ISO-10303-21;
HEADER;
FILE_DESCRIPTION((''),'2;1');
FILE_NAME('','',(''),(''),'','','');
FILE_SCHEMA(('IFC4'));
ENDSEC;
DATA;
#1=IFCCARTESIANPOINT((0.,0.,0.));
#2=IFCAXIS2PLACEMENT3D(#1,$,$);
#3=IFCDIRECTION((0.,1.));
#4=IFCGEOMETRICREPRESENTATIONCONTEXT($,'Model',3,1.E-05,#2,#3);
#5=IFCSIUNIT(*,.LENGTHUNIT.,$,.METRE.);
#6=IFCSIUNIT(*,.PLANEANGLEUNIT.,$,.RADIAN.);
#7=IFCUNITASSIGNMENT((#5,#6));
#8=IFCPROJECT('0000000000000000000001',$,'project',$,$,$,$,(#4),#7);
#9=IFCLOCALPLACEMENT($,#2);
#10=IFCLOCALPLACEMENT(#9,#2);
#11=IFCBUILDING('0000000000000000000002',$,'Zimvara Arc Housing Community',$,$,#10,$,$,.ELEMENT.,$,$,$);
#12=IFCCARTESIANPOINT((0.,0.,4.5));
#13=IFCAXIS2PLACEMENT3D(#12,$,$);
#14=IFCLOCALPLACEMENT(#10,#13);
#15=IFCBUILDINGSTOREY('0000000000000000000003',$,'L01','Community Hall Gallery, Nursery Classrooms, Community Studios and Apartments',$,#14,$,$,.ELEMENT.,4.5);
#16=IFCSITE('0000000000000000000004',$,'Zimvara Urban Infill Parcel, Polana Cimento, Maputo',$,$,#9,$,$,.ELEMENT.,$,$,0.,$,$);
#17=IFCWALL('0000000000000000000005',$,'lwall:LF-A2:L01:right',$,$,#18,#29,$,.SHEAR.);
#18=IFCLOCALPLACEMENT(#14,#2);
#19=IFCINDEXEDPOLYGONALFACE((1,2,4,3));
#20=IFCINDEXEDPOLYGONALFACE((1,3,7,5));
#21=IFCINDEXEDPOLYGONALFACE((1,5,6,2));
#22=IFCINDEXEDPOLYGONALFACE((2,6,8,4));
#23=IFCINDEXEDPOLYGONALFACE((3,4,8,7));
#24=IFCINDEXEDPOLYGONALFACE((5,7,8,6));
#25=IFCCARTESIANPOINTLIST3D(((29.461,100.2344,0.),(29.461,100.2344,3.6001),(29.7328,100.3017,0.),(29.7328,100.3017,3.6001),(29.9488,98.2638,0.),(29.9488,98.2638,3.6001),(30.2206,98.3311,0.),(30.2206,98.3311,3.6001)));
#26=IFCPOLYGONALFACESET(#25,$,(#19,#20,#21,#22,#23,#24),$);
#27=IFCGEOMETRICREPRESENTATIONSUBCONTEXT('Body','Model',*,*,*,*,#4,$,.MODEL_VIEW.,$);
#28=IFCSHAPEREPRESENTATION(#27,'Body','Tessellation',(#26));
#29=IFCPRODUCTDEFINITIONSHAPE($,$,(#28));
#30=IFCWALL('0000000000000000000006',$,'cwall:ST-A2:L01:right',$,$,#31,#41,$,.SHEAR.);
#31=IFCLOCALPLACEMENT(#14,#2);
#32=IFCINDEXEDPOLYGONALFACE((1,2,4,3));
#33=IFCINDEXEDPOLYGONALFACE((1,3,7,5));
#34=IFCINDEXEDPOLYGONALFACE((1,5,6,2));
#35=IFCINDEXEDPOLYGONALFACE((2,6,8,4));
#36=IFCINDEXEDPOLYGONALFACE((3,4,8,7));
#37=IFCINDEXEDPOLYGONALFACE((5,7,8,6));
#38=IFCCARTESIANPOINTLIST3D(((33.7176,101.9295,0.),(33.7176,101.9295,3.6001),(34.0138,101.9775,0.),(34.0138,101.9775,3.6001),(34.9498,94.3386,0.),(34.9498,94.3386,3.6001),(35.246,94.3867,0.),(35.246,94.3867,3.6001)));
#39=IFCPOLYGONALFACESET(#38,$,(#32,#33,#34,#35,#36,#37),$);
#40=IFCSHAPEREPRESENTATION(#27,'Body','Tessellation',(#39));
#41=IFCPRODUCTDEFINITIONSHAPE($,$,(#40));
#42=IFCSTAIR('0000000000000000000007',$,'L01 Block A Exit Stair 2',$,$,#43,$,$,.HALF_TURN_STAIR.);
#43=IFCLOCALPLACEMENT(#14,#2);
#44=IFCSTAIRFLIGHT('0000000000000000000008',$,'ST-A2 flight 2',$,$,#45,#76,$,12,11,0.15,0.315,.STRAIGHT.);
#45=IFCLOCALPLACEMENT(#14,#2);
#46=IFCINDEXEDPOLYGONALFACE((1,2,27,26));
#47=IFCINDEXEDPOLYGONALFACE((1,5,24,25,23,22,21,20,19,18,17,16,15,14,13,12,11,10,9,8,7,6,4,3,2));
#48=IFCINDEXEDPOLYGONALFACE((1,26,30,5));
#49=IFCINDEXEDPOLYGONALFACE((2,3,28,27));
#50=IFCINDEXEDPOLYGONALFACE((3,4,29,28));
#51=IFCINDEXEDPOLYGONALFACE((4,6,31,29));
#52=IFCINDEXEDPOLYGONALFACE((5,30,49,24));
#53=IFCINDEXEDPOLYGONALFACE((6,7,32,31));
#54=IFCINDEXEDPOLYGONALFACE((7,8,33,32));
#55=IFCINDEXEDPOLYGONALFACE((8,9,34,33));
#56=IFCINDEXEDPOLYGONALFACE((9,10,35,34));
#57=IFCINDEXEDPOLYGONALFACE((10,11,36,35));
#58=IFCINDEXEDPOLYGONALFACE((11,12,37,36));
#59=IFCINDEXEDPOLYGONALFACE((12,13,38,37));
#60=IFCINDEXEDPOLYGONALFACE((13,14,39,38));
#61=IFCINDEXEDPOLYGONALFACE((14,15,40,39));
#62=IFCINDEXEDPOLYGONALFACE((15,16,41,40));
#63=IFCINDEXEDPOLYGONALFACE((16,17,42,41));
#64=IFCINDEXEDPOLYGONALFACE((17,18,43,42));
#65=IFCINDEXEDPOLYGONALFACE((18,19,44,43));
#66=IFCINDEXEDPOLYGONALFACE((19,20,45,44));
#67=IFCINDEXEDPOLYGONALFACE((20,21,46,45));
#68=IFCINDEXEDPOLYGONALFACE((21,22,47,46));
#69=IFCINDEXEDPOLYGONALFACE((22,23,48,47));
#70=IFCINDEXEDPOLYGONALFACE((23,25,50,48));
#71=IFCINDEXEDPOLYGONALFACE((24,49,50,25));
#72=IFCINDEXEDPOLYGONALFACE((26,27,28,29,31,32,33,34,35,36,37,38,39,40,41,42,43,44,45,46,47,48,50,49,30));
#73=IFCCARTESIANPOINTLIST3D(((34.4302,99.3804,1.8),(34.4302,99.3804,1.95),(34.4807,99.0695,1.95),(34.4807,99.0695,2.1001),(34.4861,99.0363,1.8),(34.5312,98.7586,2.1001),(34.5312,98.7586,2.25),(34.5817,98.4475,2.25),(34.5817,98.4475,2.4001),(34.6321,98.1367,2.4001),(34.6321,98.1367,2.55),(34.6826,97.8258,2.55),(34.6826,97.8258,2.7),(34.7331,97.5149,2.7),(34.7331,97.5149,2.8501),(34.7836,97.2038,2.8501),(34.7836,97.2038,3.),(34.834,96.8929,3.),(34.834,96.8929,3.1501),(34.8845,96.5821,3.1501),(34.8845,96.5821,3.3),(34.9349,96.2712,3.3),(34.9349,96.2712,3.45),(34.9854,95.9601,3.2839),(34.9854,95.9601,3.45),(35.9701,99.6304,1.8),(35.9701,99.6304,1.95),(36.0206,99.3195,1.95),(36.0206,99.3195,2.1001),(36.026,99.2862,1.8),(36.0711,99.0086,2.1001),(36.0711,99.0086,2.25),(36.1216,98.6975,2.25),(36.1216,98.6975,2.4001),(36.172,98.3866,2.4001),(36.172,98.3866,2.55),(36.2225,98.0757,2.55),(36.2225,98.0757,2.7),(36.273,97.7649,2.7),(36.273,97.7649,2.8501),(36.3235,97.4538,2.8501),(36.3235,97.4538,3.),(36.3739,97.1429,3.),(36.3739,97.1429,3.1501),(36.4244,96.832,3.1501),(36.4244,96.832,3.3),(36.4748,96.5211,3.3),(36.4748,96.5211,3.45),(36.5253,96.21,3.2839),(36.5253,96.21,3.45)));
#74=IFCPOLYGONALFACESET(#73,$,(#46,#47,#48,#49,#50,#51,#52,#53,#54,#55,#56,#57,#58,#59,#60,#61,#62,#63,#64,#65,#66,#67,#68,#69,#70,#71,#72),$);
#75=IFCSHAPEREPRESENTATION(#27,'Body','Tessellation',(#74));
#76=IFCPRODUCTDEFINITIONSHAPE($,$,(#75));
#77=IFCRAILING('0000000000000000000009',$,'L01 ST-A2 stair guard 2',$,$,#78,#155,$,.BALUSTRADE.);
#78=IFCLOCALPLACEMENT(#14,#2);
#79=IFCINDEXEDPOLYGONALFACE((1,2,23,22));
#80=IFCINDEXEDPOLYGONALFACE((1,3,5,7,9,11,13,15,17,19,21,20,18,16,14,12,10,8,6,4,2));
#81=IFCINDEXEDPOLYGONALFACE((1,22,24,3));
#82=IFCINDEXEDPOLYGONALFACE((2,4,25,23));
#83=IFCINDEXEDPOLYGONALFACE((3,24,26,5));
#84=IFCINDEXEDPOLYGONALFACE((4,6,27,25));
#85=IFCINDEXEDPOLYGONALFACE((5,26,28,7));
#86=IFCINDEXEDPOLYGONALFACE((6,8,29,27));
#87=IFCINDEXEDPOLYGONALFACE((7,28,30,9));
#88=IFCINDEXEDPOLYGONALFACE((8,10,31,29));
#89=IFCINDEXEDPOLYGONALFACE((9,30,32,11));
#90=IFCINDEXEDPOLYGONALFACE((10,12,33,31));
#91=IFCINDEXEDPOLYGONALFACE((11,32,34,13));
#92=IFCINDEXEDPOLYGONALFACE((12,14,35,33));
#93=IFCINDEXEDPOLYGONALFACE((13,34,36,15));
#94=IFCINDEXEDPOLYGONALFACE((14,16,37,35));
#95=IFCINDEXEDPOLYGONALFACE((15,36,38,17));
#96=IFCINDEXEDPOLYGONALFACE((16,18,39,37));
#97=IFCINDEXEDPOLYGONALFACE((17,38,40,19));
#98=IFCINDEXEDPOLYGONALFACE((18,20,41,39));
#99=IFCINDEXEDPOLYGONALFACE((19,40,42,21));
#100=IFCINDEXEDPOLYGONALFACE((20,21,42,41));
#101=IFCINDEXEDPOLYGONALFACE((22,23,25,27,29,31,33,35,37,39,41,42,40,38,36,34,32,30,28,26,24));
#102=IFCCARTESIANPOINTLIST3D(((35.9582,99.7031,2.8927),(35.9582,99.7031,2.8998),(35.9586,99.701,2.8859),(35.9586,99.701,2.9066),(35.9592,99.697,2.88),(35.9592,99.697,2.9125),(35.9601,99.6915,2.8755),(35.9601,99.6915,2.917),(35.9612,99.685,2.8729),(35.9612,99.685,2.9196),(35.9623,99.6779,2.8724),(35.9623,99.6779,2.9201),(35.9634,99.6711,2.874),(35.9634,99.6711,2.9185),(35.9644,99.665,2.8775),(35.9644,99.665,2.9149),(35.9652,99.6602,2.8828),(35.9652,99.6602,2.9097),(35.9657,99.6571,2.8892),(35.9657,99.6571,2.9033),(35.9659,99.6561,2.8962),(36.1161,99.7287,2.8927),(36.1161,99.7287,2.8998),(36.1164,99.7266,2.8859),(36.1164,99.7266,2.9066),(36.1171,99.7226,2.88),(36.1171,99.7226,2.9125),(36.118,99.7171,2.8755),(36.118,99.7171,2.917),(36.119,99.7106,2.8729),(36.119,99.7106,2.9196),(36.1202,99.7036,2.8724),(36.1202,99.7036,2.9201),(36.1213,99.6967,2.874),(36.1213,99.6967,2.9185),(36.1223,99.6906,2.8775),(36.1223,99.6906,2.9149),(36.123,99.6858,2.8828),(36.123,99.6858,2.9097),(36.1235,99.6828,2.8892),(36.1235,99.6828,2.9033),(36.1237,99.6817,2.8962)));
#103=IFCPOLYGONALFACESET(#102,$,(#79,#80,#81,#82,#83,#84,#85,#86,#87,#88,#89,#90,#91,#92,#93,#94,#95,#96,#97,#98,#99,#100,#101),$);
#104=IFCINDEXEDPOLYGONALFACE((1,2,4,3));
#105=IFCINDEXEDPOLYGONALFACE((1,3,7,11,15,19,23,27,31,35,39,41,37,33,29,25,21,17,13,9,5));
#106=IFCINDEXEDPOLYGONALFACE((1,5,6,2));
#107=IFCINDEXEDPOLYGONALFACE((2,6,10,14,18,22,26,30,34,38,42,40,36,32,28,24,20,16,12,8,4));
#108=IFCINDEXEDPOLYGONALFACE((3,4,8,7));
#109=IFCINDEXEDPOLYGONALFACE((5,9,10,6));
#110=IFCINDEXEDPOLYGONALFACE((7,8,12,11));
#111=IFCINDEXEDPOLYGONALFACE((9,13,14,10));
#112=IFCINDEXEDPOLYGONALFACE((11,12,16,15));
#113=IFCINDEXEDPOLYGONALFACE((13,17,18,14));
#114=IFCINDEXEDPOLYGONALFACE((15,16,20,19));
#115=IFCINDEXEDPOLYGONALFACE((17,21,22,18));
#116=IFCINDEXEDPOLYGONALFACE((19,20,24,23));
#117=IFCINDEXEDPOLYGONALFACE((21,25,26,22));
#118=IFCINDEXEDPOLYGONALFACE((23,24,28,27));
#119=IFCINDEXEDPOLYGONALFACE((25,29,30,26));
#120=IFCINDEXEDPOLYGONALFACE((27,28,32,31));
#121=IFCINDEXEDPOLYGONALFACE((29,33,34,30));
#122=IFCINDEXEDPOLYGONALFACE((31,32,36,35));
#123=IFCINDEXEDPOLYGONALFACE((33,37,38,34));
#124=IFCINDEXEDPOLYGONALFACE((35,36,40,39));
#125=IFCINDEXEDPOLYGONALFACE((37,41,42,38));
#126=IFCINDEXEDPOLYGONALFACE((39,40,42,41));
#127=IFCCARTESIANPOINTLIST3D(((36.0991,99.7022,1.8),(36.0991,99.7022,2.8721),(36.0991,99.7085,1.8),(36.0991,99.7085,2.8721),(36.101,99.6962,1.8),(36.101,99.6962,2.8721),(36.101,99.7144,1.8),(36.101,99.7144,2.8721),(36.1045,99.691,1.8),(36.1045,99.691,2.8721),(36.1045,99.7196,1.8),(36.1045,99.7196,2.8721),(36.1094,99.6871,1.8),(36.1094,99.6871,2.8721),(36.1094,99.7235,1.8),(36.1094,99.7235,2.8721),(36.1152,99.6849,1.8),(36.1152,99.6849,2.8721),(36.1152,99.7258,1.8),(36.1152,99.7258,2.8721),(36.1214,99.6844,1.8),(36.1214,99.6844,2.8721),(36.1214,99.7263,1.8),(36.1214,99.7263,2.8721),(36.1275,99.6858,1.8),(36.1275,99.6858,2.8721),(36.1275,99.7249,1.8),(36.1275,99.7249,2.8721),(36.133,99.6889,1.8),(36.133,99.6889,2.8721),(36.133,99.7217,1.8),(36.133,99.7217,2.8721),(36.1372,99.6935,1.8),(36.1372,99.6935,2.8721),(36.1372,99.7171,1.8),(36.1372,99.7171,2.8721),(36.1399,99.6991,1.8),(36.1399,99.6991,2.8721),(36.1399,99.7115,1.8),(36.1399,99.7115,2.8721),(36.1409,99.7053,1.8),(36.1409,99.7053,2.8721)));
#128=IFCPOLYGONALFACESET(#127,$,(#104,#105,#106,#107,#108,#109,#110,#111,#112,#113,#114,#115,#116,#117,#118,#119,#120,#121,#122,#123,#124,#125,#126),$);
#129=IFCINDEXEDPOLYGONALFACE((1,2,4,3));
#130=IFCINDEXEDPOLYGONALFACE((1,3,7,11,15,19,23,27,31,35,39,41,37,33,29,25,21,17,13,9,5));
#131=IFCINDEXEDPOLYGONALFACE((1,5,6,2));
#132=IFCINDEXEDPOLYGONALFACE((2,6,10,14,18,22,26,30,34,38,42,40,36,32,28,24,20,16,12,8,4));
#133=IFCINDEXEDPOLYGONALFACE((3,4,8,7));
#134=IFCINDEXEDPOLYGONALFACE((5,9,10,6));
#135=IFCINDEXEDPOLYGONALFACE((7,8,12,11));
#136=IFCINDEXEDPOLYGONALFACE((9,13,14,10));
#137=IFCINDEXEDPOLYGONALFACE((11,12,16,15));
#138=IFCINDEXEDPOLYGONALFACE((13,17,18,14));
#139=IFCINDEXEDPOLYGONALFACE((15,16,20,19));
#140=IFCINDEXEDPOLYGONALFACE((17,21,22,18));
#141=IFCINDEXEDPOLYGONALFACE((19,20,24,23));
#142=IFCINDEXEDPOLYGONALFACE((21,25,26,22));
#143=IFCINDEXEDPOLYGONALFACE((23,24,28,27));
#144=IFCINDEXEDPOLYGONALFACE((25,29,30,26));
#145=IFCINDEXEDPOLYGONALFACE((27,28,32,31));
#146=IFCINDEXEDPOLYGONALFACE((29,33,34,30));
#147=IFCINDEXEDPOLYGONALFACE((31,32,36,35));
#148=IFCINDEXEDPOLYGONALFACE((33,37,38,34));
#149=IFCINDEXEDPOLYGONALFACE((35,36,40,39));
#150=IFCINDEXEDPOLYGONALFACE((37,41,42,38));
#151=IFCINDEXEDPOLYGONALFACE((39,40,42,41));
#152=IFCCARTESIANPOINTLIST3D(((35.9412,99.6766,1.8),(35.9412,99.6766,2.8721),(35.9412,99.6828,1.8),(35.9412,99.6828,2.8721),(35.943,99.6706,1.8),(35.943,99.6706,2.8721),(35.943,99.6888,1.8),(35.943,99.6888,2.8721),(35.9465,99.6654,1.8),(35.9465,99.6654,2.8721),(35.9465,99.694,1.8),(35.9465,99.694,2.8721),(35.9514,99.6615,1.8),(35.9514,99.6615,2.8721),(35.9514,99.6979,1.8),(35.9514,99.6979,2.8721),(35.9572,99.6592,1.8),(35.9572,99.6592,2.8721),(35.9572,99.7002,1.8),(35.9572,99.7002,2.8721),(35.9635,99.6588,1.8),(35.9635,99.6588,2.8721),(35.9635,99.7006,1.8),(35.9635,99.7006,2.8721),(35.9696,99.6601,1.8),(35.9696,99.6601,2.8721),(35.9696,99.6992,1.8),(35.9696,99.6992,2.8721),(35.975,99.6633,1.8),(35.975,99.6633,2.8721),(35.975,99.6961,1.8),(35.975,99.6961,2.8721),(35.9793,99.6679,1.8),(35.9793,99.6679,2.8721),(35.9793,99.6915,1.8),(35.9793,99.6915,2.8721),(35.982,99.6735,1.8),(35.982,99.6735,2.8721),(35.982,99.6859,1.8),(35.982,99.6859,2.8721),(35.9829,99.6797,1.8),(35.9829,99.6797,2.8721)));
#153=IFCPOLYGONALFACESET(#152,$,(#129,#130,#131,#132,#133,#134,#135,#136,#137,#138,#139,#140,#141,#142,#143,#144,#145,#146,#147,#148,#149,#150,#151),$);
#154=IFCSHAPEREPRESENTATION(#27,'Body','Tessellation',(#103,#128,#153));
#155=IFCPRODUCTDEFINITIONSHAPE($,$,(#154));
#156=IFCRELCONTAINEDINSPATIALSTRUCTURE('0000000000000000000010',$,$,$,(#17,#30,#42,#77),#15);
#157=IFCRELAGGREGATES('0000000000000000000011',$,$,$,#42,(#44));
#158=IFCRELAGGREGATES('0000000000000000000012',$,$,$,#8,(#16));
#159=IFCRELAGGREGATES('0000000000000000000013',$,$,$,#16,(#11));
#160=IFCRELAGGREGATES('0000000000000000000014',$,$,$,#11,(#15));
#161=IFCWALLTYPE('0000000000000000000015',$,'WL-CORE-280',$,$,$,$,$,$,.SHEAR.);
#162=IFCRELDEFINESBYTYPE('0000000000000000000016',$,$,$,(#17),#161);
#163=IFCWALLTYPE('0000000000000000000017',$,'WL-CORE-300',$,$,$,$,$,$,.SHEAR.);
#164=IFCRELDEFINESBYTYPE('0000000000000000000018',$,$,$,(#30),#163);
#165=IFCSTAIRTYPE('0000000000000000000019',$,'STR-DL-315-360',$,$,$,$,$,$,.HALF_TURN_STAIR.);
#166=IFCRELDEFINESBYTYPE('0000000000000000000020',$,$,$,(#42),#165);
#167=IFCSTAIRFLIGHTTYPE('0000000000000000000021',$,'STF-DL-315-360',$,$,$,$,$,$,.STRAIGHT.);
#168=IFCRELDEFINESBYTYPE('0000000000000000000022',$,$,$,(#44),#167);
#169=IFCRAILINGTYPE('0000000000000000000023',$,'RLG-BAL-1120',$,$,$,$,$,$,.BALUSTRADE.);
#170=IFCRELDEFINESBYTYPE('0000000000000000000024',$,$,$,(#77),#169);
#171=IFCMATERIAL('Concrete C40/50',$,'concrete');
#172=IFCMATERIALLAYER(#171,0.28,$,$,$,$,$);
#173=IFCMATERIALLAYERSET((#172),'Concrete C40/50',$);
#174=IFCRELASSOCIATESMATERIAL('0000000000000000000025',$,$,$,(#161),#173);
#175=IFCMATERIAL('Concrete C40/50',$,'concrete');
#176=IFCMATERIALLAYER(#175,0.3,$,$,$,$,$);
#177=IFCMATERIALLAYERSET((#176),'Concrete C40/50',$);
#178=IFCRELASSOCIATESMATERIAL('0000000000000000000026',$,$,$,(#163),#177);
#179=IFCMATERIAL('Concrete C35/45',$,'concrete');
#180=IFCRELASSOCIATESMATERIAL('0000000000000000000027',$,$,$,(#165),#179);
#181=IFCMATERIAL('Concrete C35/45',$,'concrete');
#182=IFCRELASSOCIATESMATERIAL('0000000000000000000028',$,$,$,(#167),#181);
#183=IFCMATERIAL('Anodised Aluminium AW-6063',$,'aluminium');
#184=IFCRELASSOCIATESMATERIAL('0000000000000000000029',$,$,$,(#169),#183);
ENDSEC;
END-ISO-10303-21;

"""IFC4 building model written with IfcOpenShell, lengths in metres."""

from ifc_helpers import new_model, si_unit, direction, frame, frame_2d, origin, origin_2d, place, context, subcontext, project, spatial, polyline, rectangle, circle, outline, extrude, material, layer, layer_set, type_object, element, aggregate, save


model = new_model("IFC4")

# Units and contexts
model_context = context("Model", 3, precision=1e-05, world=origin(), true_north=direction((0.0, 1.0)))
body_context = subcontext(model_context, "Body", "Model", "MODEL_VIEW")
ifc_project = project(units=[si_unit("LENGTHUNIT", "METRE"), si_unit("PLANEANGLEUNIT", "RADIAN")], contexts=[model_context])

# Site, building, storey
site_placement = place(None, origin())
site = spatial("IfcSite", under=ifc_project, at=site_placement, Name="Zimvara Urban Infill Parcel, Polana Cimento, Maputo", CompositionType="ELEMENT", RefElevation=0.0)
building_placement = place(site_placement, origin())
building = spatial("IfcBuilding", under=site, at=building_placement, Name="Zimvara Arc Housing Community", CompositionType="ELEMENT")
storey_placement = place(building_placement, frame((0.0, 0.0, 4.5)))
storey = spatial("IfcBuildingStorey", under=building, at=storey_placement, Name="L01", Description="Community Hall Gallery, Nursery Classrooms, Community Studios and Apartments", CompositionType="ELEMENT", Elevation=4.5)

# Shared definitions
ifc_material_1 = material(Name="Concrete C40/50", Category="concrete")
ifc_layer_1 = layer(ifc_material_1, 0.28)
ifc_layer_set_1 = layer_set([ifc_layer_1], Name="Concrete C40/50")
wall_type_1 = type_object("IfcWallType", Name="WL-CORE-280", PredefinedType="SHEAR", material=ifc_layer_set_1)

# Walls
wall_1_placement = place(storey_placement, frame((30.0847, 98.2974, 0.0), z_axis=(0.0, 0.0, 1.0), x_axis=(-0.240299, 0.970699, 0.0)))
element("IfcWall", 1, at=wall_1_placement, inside=storey, type_object=wall_type_1, Name="lwall:LF-A2:L01:right", PredefinedType="SHEAR", context=body_context, shape_type="SweptSolid", body=[
    extrude(rectangle(XDim=2.03, YDim=0.28, at=frame_2d((1.0151, 0.0))), origin(), (0.0, 0.0, 1.0), 3.6001),
])
ifc_material_2 = material(Name="Concrete C40/50", Category="concrete")
ifc_layer_2 = layer(ifc_material_2, 0.3)
ifc_layer_set_2 = layer_set([ifc_layer_2], Name="Concrete C40/50")
wall_type_2 = type_object("IfcWallType", Name="WL-CORE-300", PredefinedType="SHEAR", material=ifc_layer_set_2)
wall_2_placement = place(storey_placement, frame((35.0979, 94.3625, 0.0), z_axis=(0.0, 0.0, 1.0), x_axis=(-0.160227, 0.98708, 0.0)))
element("IfcWall", 2, at=wall_2_placement, inside=storey, type_object=wall_type_2, Name="cwall:ST-A2:L01:right", PredefinedType="SHEAR", context=body_context, shape_type="SweptSolid", body=[
    extrude(rectangle(XDim=7.6902, YDim=0.3, at=frame_2d((3.8452, 0.0))), origin(), (0.0, 0.0, 1.0), 3.6001),
])

# Stair, stair flight
ifc_material_3 = material(Name="Concrete C35/45", Category="concrete")
stair_type = type_object("IfcStairType", Name="STR-DL-315-360", PredefinedType="HALF_TURN_STAIR", material=ifc_material_3)
stair_placement = place(storey_placement, origin())
stair = element("IfcStair", 3, at=stair_placement, inside=storey, type_object=stair_type, Name="L01 Block A Exit Stair 2", PredefinedType="HALF_TURN_STAIR")
ifc_material_4 = material(Name="Concrete C35/45", Category="concrete")
stair_flight_type = type_object("IfcStairFlightType", Name="STF-DL-315-360", PredefinedType="STRAIGHT", material=ifc_material_4)
stair_flight_placement = place(storey_placement, frame((35.2002, 99.5054, 1.8), z_axis=(0.0, 0.0, 1.0), x_axis=(0.160226, -0.98708, 0.0)))
stair_flight = element("IfcStairFlight", 4, at=stair_flight_placement, type_object=stair_flight_type, Name="ST-A2 flight 2", NumberOfRisers=12, NumberOfTreads=11, PredefinedType="STRAIGHT", RiserHeight=0.15, TreadLength=0.315, context=body_context, shape_type="SweptSolid", body=[
    extrude(outline(polyline([(0.0, 0.0), (0.0, 0.1499), (0.3149, 0.1499), (0.3149, 0.3), (0.6299, 0.3), (0.6299, 0.45), (0.9451, 0.45), (0.9451, 0.6001), (1.26, 0.6001), (1.26, 0.75), (1.575, 0.75), (1.575, 0.8999), (1.8899, 0.8999), (1.8899, 1.05), (2.2051, 1.05), (2.2051, 1.2), (2.52, 1.2), (2.52, 1.3501), (2.835, 1.3501), (2.835, 1.5), (3.1499, 1.5), (3.1499, 1.6499), (3.4651, 1.6499), (3.4651, 1.8), (3.4651, 1.4839), (0.3486, 0.0), (0.0, 0.0)])), frame((0.0, 0.78, 0.0), z_axis=(0.0, -1.0, 0.0), x_axis=(1.0, 0.0, 0.0)), (0.0, 0.0, 1.0), 1.5601),
])
aggregate(stair, [stair_flight])

# Railing
ifc_material_5 = material(Name="Anodised Aluminium AW-6063", Category="aluminium")
railing_type_1 = type_object("IfcRailingType", Name="RLG-BAL-1120", PredefinedType="BALUSTRADE", material=ifc_material_5)
railing_1_placement = place(storey_placement, frame((36.1199, 99.7053, 1.8)))
element("IfcRailing", 5, at=railing_1_placement, inside=storey, type_object=railing_type_1, Name="L01 ST-A2 stair guard 2", PredefinedType="BALUSTRADE", context=body_context, shape_type="SweptSolid", body=[
    extrude(circle(Radius=0.0239, at=origin_2d()), frame((0.0, 0.0, 1.0962), z_axis=(-0.987086, -0.160192, 0.0), x_axis=(0.160192, -0.987086, 0.0)), (0.0, 0.0, 1.0), 0.1599),
    extrude(circle(Radius=0.021, at=origin_2d()), origin(), (0.0, 0.0, 1.0), 1.072),
    extrude(circle(Radius=0.021, at=origin_2d()), frame((-0.158, -0.0256, 0.0)), (0.0, 0.0, 1.0), 1.072),
])

save(model, "model.ifc")
